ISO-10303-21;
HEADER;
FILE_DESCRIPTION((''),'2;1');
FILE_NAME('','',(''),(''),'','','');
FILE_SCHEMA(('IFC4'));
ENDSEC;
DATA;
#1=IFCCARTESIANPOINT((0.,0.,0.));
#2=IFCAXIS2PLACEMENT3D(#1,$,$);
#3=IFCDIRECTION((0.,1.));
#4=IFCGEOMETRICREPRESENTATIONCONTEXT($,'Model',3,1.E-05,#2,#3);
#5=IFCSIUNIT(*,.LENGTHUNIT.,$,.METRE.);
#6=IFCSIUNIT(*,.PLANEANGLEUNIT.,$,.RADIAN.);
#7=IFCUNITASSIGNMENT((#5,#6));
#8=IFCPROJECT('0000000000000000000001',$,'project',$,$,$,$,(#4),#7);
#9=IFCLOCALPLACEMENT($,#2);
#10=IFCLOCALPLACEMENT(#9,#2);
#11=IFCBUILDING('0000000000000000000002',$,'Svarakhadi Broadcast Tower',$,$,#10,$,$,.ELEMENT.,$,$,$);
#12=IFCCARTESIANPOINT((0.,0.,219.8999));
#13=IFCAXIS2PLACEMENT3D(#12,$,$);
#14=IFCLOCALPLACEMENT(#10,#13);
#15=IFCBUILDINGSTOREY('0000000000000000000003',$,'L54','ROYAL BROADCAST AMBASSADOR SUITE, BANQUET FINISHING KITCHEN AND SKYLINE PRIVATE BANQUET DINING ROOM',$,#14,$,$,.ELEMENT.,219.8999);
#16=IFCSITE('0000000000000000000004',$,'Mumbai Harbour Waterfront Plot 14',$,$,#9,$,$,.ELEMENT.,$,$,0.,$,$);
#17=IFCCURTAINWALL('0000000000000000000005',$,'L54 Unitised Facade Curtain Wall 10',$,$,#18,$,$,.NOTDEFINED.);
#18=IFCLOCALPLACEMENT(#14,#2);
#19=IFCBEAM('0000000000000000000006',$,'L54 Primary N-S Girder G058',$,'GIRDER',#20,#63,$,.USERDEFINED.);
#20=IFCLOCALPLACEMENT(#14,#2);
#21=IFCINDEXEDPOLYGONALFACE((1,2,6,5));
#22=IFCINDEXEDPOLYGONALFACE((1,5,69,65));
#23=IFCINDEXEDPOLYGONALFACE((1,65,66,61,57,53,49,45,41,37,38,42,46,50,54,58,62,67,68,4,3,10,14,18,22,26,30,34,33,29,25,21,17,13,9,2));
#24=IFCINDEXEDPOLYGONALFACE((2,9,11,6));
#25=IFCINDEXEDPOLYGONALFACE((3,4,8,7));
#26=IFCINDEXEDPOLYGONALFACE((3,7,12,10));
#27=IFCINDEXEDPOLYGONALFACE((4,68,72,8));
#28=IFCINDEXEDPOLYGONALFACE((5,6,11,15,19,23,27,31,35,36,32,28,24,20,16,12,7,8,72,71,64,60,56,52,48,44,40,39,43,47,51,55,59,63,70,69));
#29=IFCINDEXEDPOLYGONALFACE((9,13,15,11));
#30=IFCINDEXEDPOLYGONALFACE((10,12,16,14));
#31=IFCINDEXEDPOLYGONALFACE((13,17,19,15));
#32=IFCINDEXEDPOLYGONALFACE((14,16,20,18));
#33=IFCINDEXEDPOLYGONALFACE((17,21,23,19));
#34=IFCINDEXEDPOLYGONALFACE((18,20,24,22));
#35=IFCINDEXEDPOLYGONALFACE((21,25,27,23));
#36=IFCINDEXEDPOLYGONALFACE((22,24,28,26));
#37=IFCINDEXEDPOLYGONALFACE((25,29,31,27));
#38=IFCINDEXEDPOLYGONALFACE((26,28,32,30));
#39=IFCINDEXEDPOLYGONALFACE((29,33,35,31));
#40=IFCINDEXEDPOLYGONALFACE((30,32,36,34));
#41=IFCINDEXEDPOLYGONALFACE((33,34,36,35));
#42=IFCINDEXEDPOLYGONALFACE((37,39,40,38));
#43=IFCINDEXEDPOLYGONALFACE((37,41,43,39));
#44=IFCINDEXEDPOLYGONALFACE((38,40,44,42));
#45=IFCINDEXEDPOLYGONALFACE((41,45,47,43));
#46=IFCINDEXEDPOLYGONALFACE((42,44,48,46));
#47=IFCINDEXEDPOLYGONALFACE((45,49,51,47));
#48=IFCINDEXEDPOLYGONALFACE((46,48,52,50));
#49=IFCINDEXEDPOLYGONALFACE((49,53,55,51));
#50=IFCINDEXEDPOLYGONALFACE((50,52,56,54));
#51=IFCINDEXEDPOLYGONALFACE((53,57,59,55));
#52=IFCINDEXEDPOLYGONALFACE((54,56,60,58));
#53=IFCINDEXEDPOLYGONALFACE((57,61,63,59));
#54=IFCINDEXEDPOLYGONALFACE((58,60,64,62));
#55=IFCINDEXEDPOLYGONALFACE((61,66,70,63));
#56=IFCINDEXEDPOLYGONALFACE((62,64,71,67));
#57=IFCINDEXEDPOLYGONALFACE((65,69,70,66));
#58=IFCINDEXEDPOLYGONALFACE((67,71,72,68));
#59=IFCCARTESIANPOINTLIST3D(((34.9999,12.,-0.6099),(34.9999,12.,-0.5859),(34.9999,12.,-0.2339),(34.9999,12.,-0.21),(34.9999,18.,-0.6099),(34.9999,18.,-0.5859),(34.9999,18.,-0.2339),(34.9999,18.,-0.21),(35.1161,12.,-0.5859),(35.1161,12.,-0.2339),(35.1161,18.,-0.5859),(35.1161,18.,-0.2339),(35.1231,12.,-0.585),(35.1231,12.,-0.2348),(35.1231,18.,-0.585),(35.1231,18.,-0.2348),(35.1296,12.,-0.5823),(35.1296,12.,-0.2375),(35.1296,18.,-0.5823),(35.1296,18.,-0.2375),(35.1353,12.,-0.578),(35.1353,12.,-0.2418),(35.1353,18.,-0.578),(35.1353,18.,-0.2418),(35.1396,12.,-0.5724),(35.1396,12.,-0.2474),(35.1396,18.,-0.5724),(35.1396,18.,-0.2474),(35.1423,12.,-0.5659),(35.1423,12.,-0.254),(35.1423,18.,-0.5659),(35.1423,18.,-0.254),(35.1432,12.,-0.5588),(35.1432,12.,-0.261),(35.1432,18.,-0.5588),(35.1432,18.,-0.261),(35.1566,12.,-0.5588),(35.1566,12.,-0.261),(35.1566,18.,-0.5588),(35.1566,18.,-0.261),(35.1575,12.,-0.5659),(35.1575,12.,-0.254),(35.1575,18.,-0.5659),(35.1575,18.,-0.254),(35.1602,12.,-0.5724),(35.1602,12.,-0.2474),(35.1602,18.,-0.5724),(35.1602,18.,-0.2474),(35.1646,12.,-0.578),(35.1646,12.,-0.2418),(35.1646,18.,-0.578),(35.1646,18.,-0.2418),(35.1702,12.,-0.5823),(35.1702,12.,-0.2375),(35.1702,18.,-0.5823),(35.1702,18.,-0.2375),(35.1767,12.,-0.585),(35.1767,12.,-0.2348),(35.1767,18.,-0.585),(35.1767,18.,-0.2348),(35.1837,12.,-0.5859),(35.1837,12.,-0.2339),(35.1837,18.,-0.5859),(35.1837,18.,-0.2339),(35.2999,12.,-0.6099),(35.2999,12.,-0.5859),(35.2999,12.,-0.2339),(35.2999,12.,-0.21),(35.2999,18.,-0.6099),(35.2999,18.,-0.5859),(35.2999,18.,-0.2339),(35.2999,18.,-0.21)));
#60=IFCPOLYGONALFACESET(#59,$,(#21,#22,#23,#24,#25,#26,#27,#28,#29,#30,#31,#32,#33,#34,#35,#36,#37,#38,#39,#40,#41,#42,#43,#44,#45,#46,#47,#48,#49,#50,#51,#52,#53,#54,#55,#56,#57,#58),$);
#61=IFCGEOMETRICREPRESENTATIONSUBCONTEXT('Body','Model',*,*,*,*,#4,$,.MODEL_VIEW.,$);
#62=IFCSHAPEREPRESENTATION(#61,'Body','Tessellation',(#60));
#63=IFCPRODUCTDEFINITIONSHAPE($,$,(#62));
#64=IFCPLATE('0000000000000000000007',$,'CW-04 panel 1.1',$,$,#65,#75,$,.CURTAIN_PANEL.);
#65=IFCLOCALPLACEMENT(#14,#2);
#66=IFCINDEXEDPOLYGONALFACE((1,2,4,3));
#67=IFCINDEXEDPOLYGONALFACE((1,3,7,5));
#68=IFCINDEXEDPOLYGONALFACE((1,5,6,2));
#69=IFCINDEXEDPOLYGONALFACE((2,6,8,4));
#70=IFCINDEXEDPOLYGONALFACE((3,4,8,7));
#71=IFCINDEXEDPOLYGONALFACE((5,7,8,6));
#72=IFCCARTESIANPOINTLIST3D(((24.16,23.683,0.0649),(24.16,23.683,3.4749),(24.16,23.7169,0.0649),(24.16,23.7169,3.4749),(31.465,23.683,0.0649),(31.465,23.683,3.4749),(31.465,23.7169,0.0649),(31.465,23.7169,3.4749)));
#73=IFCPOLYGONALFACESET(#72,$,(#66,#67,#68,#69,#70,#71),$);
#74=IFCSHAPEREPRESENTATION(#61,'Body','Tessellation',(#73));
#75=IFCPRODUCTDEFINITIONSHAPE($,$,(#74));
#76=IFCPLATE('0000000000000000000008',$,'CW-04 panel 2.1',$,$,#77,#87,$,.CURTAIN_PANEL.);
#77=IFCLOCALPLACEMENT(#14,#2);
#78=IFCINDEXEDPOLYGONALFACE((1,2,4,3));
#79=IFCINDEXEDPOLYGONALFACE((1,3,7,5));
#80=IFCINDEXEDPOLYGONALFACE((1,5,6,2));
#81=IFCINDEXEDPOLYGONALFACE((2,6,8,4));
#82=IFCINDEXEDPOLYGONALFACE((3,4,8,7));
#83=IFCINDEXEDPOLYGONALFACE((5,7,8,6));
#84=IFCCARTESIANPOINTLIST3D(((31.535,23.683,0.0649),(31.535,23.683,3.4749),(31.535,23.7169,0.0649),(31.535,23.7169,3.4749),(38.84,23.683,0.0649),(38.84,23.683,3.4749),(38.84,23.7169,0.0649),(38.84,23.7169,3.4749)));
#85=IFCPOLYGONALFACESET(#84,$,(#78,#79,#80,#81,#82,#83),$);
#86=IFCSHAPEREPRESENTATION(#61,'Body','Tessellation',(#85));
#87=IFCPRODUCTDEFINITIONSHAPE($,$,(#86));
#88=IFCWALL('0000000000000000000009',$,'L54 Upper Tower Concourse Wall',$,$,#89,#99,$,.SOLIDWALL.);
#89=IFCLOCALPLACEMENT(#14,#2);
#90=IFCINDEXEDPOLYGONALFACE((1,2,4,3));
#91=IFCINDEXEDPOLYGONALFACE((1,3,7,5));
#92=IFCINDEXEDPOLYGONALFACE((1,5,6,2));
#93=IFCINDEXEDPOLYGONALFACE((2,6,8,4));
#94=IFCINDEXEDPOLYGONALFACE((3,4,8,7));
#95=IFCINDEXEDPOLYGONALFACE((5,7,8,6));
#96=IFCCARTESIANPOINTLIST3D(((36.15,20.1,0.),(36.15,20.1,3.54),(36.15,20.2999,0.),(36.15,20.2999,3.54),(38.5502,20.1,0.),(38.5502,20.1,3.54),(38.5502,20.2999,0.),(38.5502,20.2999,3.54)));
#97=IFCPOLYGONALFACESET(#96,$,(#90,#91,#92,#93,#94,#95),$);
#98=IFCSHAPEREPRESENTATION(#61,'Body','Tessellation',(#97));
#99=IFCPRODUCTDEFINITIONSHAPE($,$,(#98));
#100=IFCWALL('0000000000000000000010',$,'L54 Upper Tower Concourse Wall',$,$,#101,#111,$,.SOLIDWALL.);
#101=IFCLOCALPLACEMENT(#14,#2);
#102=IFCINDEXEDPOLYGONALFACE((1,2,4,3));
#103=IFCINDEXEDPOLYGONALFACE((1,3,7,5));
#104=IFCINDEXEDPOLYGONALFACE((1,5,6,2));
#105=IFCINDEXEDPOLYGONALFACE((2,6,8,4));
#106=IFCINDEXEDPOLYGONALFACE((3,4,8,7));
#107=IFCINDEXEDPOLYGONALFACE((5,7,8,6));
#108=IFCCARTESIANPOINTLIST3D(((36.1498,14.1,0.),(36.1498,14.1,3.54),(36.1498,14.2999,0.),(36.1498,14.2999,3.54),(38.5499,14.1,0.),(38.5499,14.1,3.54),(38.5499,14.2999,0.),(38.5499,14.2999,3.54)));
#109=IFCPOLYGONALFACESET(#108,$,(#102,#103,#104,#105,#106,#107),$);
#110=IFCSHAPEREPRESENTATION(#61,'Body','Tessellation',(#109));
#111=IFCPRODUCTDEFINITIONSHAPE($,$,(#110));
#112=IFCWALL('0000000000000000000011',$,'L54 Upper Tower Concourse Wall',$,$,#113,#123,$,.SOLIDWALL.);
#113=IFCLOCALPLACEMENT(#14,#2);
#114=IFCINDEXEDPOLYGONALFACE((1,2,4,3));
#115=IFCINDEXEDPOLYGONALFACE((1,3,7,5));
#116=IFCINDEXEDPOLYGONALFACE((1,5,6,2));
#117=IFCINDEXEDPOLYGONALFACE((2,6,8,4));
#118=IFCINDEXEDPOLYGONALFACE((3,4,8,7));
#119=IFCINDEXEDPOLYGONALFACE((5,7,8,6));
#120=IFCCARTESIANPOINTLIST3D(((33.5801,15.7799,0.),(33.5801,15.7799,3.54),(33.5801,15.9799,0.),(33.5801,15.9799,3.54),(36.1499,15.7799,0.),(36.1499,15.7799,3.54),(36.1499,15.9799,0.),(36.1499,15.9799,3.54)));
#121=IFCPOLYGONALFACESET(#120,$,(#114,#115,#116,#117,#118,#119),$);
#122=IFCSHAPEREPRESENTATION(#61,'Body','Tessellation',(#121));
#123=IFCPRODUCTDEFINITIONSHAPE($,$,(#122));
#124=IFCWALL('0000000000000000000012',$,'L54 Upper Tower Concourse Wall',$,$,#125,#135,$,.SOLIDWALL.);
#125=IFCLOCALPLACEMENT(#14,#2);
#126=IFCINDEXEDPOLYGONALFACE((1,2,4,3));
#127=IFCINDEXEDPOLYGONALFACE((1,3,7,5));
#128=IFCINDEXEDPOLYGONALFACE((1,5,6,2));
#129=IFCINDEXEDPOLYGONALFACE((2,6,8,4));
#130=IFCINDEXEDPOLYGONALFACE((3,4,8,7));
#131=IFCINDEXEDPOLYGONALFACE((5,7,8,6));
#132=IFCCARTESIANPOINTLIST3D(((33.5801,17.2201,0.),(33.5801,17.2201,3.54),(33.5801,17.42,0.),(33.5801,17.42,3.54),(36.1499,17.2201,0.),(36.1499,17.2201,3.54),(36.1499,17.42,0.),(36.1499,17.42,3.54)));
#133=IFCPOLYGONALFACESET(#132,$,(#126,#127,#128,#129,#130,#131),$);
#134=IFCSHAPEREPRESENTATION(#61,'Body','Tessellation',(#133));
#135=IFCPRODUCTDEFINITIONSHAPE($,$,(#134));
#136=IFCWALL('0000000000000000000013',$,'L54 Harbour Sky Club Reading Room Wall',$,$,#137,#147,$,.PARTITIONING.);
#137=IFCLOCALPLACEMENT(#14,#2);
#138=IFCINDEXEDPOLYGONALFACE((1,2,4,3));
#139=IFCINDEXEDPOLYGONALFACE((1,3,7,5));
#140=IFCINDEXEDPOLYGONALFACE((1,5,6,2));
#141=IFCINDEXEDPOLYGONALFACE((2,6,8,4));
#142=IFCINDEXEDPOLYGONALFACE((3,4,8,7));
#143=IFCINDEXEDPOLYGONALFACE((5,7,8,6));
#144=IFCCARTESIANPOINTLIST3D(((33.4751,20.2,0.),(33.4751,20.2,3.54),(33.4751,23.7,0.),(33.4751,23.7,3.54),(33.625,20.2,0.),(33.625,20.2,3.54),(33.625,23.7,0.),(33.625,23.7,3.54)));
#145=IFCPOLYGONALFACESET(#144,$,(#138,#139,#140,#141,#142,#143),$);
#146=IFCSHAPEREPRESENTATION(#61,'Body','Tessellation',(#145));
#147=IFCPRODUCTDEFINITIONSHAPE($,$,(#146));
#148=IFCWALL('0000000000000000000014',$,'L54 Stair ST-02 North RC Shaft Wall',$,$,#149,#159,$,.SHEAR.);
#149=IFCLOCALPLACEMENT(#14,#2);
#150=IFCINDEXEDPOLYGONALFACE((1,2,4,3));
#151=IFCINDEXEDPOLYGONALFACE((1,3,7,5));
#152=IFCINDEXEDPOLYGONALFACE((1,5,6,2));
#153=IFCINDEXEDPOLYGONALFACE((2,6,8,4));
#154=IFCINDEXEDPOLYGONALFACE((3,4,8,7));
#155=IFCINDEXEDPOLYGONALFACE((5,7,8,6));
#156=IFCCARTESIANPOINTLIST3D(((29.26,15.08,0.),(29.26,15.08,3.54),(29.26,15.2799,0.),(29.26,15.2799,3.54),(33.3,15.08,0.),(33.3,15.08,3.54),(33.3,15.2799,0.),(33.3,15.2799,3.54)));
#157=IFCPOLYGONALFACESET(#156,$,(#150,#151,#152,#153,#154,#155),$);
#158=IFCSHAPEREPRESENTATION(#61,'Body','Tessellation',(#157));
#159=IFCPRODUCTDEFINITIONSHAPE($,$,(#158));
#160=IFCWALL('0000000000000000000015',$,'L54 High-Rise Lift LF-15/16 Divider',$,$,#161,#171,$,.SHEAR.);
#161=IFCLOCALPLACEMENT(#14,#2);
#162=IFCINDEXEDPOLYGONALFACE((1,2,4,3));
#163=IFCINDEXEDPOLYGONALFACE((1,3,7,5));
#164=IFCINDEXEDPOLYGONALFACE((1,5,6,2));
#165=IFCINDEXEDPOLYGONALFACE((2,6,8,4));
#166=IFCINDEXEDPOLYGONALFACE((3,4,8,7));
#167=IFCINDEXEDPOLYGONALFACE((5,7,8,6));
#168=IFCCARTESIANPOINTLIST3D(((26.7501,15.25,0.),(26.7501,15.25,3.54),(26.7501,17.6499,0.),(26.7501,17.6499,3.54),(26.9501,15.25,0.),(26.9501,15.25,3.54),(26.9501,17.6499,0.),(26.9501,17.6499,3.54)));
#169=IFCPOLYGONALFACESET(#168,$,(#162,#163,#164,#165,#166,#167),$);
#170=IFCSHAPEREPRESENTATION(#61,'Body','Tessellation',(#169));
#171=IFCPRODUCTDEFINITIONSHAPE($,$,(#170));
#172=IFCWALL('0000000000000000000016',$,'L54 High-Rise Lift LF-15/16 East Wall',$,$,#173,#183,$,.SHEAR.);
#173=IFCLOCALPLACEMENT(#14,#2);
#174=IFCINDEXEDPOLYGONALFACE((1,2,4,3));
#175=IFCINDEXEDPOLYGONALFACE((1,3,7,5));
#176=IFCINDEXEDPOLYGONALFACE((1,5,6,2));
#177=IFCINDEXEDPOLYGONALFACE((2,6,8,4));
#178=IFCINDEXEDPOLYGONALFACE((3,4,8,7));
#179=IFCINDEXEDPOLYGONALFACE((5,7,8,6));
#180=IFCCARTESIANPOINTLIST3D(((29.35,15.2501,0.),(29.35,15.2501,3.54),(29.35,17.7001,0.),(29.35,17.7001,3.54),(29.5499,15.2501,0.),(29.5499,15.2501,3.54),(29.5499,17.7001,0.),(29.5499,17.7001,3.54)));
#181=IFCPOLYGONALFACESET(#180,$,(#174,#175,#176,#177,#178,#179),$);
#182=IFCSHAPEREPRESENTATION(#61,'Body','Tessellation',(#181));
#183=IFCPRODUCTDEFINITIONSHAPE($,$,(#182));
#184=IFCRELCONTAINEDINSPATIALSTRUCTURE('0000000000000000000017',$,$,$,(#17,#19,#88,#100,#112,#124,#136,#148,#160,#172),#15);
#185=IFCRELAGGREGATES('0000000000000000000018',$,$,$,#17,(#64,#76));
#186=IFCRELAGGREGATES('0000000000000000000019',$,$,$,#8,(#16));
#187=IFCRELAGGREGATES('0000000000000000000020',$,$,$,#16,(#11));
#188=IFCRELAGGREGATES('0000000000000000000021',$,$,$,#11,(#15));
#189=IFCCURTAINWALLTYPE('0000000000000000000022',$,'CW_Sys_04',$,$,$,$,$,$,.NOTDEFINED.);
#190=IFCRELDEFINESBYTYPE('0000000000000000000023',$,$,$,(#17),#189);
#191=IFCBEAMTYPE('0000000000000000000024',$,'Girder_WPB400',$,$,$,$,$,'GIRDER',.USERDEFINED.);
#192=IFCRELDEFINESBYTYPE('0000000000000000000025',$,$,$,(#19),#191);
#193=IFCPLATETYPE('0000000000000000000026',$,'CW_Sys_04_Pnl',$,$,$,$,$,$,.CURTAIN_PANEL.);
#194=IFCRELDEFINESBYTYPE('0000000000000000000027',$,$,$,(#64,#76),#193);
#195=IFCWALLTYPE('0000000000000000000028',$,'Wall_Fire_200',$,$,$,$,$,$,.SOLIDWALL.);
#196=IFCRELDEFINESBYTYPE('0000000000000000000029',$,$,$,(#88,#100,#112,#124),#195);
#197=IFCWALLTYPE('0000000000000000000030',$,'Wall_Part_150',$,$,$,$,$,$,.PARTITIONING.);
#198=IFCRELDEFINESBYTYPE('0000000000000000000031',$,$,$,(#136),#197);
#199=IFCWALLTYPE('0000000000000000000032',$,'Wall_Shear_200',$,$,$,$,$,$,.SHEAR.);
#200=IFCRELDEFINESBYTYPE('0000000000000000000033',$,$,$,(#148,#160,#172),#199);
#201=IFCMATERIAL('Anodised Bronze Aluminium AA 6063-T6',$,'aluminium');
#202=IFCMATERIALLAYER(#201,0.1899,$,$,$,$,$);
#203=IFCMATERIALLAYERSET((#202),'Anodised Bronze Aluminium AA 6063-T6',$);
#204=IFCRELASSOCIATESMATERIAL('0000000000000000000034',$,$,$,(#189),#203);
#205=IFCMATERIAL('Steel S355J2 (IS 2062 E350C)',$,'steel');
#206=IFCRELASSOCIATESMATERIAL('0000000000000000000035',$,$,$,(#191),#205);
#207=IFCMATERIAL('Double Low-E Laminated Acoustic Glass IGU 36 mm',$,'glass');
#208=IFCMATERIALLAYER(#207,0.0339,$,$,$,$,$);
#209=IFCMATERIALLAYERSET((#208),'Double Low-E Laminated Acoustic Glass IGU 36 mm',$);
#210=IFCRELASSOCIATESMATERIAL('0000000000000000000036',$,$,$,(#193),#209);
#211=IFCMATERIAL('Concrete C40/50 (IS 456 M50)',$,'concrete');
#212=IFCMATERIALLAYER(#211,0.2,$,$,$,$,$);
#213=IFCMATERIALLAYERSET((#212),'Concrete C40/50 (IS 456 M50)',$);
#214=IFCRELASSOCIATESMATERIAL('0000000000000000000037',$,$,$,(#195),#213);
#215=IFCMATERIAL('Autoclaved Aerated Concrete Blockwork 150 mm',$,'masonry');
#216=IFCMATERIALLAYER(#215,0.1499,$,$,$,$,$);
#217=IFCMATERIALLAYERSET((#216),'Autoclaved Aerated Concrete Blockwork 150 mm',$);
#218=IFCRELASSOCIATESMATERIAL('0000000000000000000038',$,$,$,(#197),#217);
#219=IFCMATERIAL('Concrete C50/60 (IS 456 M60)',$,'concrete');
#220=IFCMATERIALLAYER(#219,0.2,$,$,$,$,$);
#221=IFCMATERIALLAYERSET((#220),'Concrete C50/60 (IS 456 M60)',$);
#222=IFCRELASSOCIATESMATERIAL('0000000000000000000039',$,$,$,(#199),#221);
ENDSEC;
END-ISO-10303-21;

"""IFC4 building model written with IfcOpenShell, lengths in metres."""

from ifc_helpers import new_model, si_unit, direction, frame, frame_2d, origin, origin_2d, place, context, subcontext, project, spatial, rectangle, i_section, extrude, material, layer, layer_set, material_profile, profile_set, type_object, element, aggregate, save


model = new_model("IFC4")

# Units and contexts
model_context = context("Model", 3, precision=1e-05, world=origin(), true_north=direction((0.0, 1.0)))
body_context = subcontext(model_context, "Body", "Model", "MODEL_VIEW")
ifc_project = project(units=[si_unit("LENGTHUNIT", "METRE"), si_unit("PLANEANGLEUNIT", "RADIAN")], contexts=[model_context])

# Site, building, storey
site_placement = place(None, origin())
site = spatial("IfcSite", under=ifc_project, at=site_placement, Name="Mumbai Harbour Waterfront Plot 14", CompositionType="ELEMENT", RefElevation=0.0)
building_placement = place(site_placement, origin())
building = spatial("IfcBuilding", under=site, at=building_placement, Name="Svarakhadi Broadcast Tower", CompositionType="ELEMENT")
storey_placement = place(building_placement, frame((0.0, 0.0, 219.8999)))
storey = spatial("IfcBuildingStorey", under=building, at=storey_placement, Name="L54", Description="ROYAL BROADCAST AMBASSADOR SUITE, BANQUET FINISHING KITCHEN AND SKYLINE PRIVATE BANQUET DINING ROOM", CompositionType="ELEMENT", Elevation=219.8999)

# Shared definitions
ifc_material_1 = material(Name="Concrete C50/60 (IS 456 M60)", Category="concrete")

# Shared definitions
ifc_material_2 = material(Name="Steel S355J2 (IS 2062 E350C)", Category="steel")

# Curtain wall
ifc_material_3 = material(Name="Anodised Bronze Aluminium AA 6063-T6", Category="aluminium")
ifc_layer_1 = layer(ifc_material_3, 0.1899)
ifc_layer_set_1 = layer_set([ifc_layer_1], Name="Anodised Bronze Aluminium AA 6063-T6")
curtain_wall_type = type_object("IfcCurtainWallType", Name="CW_Sys_04", PredefinedType="NOTDEFINED", material=ifc_layer_set_1)
curtain_wall_placement = place(storey_placement, origin())
curtain_wall = element("IfcCurtainWall", 1, at=curtain_wall_placement, inside=storey, type_object=curtain_wall_type, Name="L54 Unitised Facade Curtain Wall 10", PredefinedType="NOTDEFINED")

# Beam
ifc_material_profile_1 = material_profile(ifc_material_2, i_section(OverallWidth=0.3, OverallDepth=0.3999, WebThickness=0.0134, FlangeThickness=0.0239, FilletRadius=0.0271, at=origin_2d()), Name="WPB 400x300x155")
ifc_profile_set_1 = profile_set([ifc_material_profile_1], Name="Steel S355J2 (IS 2062 E350C)")
beam_type_1 = type_object("IfcBeamType", Name="Girder_WPB400", ElementType="GIRDER", PredefinedType="USERDEFINED", material=ifc_profile_set_1)
beam_1_placement = place(storey_placement, frame((35.1499, 12.0, -0.4099), z_axis=(0.0, 1.0, 0.0), x_axis=(-1.0, 0.0, 0.0)))
element("IfcBeam", 2, at=beam_1_placement, inside=storey, type_object=beam_type_1, Name="L54 Primary N-S Girder G058", ObjectType="GIRDER", PredefinedType="USERDEFINED", context=body_context, shape_type="SweptSolid", body=[
    extrude(i_section(OverallWidth=0.3, OverallDepth=0.3999, WebThickness=0.0134, FlangeThickness=0.0239, FilletRadius=0.0271, at=origin_2d()), origin(), (0.0, 0.0, 1.0), 6.0),
])

# Plates
ifc_material_4 = material(Name="Double Low-E Laminated Acoustic Glass IGU 36 mm", Category="glass")
ifc_layer_2 = layer(ifc_material_4, 0.0339)
ifc_layer_set_2 = layer_set([ifc_layer_2], Name="Double Low-E Laminated Acoustic Glass IGU 36 mm")
plate_type = type_object("IfcPlateType", Name="CW_Sys_04_Pnl", PredefinedType="CURTAIN_PANEL", material=ifc_layer_set_2)
plate_1_placement = place(storey_placement, frame((27.8125, 23.7, 0.0649), z_axis=(0.0, 0.0, 1.0), x_axis=(1.0, 0.0, 0.0)))
plate_1 = element("IfcPlate", 3, at=plate_1_placement, type_object=plate_type, Name="CW-04 panel 1.1", PredefinedType="CURTAIN_PANEL", context=body_context, shape_type="SweptSolid", body=[
    extrude(rectangle(XDim=7.3049, YDim=0.0339, at=origin_2d()), origin(), (0.0, 0.0, 1.0), 3.4099),
])
plate_2_placement = place(storey_placement, frame((35.1875, 23.7, 0.0649), z_axis=(0.0, 0.0, 1.0), x_axis=(1.0, 0.0, 0.0)))
plate_2 = element("IfcPlate", 4, at=plate_2_placement, type_object=plate_type, Name="CW-04 panel 2.1", PredefinedType="CURTAIN_PANEL", context=body_context, shape_type="SweptSolid", body=[
    extrude(rectangle(XDim=7.3049, YDim=0.0339, at=origin_2d()), origin(), (0.0, 0.0, 1.0), 3.4099),
])
aggregate(curtain_wall, [plate_1, plate_2])

# Walls
ifc_material_5 = material(Name="Concrete C40/50 (IS 456 M50)", Category="concrete")
ifc_layer_3 = layer(ifc_material_5, 0.2)
ifc_layer_set_3 = layer_set([ifc_layer_3], Name="Concrete C40/50 (IS 456 M50)")
wall_type_1 = type_object("IfcWallType", Name="Wall_Fire_200", PredefinedType="SOLIDWALL", material=ifc_layer_set_3)
for number, where, z_axis, x_axis, name in (
    (5, (36.1499, 20.2, 0.0), (0.0, 0.0, 1.0), (1.0, 0.0, 0.0), "L54 Upper Tower Concourse Wall"),
    (6, (38.55, 14.2, 0.0), (0.0, 0.0, 1.0), (-1.0, 0.0, 0.0), "L54 Upper Tower Concourse Wall"),
):
    element("IfcWall", number, at=place(storey_placement, frame(where, z_axis=z_axis, x_axis=x_axis)), inside=storey, type_object=wall_type_1, Name=name, PredefinedType="SOLIDWALL", context=body_context, shape_type="SweptSolid", body=[
        extrude(rectangle(XDim=2.4001, YDim=0.2, at=frame_2d((1.2002, 0.0))), origin(), (0.0, 0.0, 1.0), 3.54),
    ])

# Walls
for number, where, z_axis, x_axis, name in (
    (7, (36.1499, 15.8799, 0.0), (0.0, 0.0, 1.0), (-1.0, 0.0, 0.0), "L54 Upper Tower Concourse Wall"),
    (8, (33.5801, 17.3201, 0.0), (0.0, 0.0, 1.0), (1.0, 0.0, 0.0), "L54 Upper Tower Concourse Wall"),
):
    element("IfcWall", number, at=place(storey_placement, frame(where, z_axis=z_axis, x_axis=x_axis)), inside=storey, type_object=wall_type_1, Name=name, PredefinedType="SOLIDWALL", context=body_context, shape_type="SweptSolid", body=[
        extrude(rectangle(XDim=2.5698, YDim=0.2, at=frame_2d((1.2849, 0.0))), origin(), (0.0, 0.0, 1.0), 3.54),
    ])
ifc_material_6 = material(Name="Autoclaved Aerated Concrete Blockwork 150 mm", Category="masonry")
ifc_layer_4 = layer(ifc_material_6, 0.1499)
ifc_layer_set_4 = layer_set([ifc_layer_4], Name="Autoclaved Aerated Concrete Blockwork 150 mm")
wall_type_2 = type_object("IfcWallType", Name="Wall_Part_150", PredefinedType="PARTITIONING", material=ifc_layer_set_4)
wall_1_placement = place(storey_placement, frame((33.55, 20.2, 0.0), z_axis=(0.0, 0.0, 1.0), x_axis=(0.0, 1.0, 0.0)))
element("IfcWall", 9, at=wall_1_placement, inside=storey, type_object=wall_type_2, Name="L54 Harbour Sky Club Reading Room Wall", PredefinedType="PARTITIONING", context=body_context, shape_type="SweptSolid", body=[
    extrude(rectangle(XDim=3.5, YDim=0.1499, at=frame_2d((1.75, 0.0))), origin(), (0.0, 0.0, 1.0), 3.54),
])
ifc_layer_5 = layer(ifc_material_1, 0.2)
ifc_layer_set_5 = layer_set([ifc_layer_5], Name="Concrete C50/60 (IS 456 M60)")
wall_type_3 = type_object("IfcWallType", Name="Wall_Shear_200", PredefinedType="SHEAR", material=ifc_layer_set_5)
wall_2_placement = place(storey_placement, frame((29.26, 15.1799, 0.0), z_axis=(0.0, 0.0, 1.0), x_axis=(1.0, 0.0, 0.0)))
element("IfcWall", 10, at=wall_2_placement, inside=storey, type_object=wall_type_3, Name="L54 Stair ST-02 North RC Shaft Wall", PredefinedType="SHEAR", context=body_context, shape_type="SweptSolid", body=[
    extrude(rectangle(XDim=4.04, YDim=0.2, at=frame_2d((2.02, 0.0))), origin(), (0.0, 0.0, 1.0), 3.54),
])

# Walls
wall_3_placement = place(storey_placement, frame((26.8501, 15.25, 0.0), z_axis=(0.0, 0.0, 1.0), x_axis=(0.0, 1.0, 0.0)))
element("IfcWall", 11, at=wall_3_placement, inside=storey, type_object=wall_type_3, Name="L54 High-Rise Lift LF-15/16 Divider", PredefinedType="SHEAR", context=body_context, shape_type="SweptSolid", body=[
    extrude(rectangle(XDim=2.3999, YDim=0.2, at=frame_2d((1.2, 0.0))), origin(), (0.0, 0.0, 1.0), 3.54),
])
wall_4_placement = place(storey_placement, frame((29.45, 15.25, 0.0), z_axis=(0.0, 0.0, 1.0), x_axis=(0.0, 1.0, 0.0)))
element("IfcWall", 12, at=wall_4_placement, inside=storey, type_object=wall_type_3, Name="L54 High-Rise Lift LF-15/16 East Wall", PredefinedType="SHEAR", context=body_context, shape_type="SweptSolid", body=[
    extrude(rectangle(XDim=2.45, YDim=0.2, at=frame_2d((1.2251, 0.0))), origin(), (0.0, 0.0, 1.0), 3.54),
])

save(model, "model.ifc")
